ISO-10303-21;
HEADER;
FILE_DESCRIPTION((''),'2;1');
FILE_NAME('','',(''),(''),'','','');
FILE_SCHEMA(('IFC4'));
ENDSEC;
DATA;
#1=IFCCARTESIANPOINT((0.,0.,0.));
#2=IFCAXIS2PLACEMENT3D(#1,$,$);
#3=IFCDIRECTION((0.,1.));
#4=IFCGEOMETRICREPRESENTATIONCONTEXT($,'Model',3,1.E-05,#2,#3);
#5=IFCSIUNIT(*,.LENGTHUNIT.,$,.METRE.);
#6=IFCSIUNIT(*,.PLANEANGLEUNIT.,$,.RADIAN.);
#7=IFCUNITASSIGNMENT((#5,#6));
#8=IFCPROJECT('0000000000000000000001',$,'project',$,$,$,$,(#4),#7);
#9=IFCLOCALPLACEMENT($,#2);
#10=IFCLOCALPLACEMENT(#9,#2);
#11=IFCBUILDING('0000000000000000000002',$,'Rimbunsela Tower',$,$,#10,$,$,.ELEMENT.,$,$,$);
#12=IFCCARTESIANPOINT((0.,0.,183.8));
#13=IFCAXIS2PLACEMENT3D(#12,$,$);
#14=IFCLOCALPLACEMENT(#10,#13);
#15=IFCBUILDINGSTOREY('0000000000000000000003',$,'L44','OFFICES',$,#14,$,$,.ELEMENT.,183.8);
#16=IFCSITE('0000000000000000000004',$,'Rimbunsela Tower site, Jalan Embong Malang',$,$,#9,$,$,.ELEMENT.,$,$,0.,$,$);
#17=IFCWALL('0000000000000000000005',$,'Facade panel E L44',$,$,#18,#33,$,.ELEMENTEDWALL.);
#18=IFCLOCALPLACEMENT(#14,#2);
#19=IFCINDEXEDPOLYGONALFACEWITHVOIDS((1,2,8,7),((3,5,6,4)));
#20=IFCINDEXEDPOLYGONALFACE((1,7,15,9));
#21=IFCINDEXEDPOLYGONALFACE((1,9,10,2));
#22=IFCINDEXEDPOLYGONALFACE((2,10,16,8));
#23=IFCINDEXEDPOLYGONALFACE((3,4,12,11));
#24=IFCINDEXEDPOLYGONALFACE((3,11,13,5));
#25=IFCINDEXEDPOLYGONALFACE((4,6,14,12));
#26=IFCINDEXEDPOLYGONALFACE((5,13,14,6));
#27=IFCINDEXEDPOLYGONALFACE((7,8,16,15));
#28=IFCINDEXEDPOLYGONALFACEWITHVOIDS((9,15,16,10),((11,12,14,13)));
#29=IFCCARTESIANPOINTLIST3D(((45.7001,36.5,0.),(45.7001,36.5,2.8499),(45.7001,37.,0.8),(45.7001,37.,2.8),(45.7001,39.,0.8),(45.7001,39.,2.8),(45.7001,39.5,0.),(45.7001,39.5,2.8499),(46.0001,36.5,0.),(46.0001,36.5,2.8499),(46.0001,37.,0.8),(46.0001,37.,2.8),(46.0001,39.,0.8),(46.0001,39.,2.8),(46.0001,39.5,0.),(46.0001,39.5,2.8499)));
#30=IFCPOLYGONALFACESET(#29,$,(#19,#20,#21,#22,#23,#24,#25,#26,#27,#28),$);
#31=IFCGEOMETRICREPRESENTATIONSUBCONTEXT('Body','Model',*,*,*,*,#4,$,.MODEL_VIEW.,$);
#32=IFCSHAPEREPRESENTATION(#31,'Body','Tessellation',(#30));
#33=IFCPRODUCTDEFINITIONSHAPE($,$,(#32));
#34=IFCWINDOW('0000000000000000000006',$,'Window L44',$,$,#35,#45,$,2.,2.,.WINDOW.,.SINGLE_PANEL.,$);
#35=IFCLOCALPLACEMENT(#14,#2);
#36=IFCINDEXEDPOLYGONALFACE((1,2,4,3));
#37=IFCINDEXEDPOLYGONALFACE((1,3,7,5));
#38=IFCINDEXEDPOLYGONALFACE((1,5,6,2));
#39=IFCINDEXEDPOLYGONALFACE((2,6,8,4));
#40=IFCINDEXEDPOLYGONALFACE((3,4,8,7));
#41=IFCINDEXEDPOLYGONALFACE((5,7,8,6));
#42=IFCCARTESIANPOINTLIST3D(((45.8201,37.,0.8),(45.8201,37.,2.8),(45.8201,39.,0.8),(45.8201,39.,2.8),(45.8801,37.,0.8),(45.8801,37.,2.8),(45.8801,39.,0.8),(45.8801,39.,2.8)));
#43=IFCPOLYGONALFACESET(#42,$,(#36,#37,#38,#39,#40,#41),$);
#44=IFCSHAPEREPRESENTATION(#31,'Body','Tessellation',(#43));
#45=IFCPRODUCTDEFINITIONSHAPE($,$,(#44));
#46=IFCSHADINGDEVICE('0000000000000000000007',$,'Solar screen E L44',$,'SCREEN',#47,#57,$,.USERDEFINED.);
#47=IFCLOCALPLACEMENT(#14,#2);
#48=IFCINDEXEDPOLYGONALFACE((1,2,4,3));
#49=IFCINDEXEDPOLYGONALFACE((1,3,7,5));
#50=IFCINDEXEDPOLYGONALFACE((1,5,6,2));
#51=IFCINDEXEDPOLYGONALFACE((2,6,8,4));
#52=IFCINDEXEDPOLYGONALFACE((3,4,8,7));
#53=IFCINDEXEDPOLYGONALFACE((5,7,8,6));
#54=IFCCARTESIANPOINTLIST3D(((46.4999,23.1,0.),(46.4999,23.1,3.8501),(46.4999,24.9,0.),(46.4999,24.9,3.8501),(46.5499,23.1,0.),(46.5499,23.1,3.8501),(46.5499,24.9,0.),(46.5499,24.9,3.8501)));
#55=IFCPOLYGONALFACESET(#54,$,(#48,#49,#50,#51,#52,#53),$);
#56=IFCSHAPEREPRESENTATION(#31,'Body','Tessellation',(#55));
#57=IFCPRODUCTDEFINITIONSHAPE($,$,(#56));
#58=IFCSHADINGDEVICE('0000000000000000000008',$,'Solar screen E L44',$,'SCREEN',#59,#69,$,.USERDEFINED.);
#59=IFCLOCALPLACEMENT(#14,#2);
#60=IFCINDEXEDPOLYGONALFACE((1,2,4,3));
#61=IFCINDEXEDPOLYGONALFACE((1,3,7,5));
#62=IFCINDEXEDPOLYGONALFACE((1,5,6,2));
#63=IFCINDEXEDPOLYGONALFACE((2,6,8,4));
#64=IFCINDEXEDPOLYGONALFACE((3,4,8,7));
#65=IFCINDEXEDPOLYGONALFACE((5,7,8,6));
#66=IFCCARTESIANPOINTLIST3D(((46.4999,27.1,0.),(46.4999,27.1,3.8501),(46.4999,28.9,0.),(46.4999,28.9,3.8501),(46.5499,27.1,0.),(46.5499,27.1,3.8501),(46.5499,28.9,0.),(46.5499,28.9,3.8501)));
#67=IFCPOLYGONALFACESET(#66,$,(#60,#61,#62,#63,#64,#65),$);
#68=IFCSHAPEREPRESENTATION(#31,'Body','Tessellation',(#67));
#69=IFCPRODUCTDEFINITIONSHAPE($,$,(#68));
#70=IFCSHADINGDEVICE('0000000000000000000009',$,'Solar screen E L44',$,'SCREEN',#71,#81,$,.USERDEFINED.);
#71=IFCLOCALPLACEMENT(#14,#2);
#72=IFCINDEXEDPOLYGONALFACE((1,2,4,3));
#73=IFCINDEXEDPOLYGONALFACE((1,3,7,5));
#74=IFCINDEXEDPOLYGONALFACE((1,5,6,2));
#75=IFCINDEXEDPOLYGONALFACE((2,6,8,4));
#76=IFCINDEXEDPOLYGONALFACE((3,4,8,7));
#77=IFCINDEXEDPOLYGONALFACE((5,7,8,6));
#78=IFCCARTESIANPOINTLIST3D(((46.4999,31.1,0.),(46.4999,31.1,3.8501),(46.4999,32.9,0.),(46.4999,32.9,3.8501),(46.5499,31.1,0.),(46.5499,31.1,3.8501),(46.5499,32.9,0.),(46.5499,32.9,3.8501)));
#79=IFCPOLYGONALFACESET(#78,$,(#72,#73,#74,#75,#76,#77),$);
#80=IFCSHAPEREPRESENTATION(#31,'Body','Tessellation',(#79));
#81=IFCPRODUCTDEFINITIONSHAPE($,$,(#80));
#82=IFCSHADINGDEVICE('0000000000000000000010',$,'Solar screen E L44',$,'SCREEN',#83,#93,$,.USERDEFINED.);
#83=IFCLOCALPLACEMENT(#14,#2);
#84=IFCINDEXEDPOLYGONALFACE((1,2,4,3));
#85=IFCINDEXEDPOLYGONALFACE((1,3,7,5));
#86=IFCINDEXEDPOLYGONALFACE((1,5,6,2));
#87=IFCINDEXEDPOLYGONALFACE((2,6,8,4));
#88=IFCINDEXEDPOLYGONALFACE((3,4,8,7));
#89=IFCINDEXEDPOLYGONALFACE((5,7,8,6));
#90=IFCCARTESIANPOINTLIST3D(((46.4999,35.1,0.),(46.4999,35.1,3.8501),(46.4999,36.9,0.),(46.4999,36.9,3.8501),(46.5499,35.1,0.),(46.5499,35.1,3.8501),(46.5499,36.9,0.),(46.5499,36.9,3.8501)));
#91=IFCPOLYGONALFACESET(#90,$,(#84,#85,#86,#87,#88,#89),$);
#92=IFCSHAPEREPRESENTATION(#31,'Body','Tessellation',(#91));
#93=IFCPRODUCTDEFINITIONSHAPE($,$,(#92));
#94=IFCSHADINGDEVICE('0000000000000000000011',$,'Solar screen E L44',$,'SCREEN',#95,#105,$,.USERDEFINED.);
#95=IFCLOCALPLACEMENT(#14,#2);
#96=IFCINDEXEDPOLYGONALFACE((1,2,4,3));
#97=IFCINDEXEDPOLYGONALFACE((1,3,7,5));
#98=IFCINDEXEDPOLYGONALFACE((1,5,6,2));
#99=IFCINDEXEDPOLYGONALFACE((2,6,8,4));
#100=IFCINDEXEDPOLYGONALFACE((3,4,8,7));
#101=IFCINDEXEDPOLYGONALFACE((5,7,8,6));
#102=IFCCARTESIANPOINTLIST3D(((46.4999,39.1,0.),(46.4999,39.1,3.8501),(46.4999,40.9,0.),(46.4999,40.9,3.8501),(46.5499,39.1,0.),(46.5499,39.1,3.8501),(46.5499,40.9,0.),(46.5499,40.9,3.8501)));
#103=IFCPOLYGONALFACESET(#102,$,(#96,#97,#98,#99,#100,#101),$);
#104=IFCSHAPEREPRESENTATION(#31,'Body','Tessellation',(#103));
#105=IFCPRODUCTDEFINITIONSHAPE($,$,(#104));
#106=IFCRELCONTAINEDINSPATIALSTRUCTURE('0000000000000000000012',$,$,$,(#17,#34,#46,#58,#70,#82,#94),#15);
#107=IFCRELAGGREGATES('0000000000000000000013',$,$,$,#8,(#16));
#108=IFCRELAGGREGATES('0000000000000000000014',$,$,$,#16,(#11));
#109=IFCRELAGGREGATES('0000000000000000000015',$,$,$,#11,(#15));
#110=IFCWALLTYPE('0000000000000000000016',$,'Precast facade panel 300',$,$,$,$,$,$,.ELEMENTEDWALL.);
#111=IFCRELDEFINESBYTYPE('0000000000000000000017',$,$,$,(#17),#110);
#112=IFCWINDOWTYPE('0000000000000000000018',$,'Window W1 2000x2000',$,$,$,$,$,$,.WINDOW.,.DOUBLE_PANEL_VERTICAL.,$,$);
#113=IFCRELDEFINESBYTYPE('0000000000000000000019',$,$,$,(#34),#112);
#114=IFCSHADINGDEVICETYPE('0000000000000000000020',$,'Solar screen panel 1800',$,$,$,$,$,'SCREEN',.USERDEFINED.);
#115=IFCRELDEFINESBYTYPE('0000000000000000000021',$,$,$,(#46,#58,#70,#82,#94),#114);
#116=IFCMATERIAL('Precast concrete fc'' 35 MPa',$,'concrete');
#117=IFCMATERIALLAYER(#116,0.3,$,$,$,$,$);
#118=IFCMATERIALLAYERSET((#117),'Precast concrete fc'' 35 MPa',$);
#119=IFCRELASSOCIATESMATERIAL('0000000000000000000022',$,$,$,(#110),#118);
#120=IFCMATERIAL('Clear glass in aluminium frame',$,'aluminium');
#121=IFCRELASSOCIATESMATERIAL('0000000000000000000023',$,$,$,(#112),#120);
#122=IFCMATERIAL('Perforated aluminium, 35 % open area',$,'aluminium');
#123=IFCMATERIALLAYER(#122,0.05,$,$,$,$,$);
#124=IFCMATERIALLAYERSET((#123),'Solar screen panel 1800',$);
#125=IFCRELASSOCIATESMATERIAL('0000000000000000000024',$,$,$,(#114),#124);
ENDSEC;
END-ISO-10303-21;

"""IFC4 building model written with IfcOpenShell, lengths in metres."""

from ifc_helpers import new_model, si_unit, direction, frame, frame_2d, origin, origin_2d, place, context, subcontext, project, spatial, rectangle, extrude, material, layer, layer_set, type_object, element, fill, save


model = new_model("IFC4")

# Units and contexts
model_context = context("Model", 3, precision=1e-05, world=origin(), true_north=direction((0.0, 1.0)))
body_context = subcontext(model_context, "Body", "Model", "MODEL_VIEW")
ifc_project = project(units=[si_unit("LENGTHUNIT", "METRE"), si_unit("PLANEANGLEUNIT", "RADIAN")], contexts=[model_context])

# Site, building, storey
site_placement = place(None, origin())
site = spatial("IfcSite", under=ifc_project, at=site_placement, Name="Rimbunsela Tower site, Jalan Embong Malang", CompositionType="ELEMENT", RefElevation=0.0)
building_placement = place(site_placement, origin())
building = spatial("IfcBuilding", under=site, at=building_placement, Name="Rimbunsela Tower", CompositionType="ELEMENT")
storey_placement = place(building_placement, frame((0.0, 0.0, 183.8)))
storey = spatial("IfcBuildingStorey", under=building, at=storey_placement, Name="L44", Description="OFFICES", CompositionType="ELEMENT", Elevation=183.8)

# Wall, opening, window
ifc_material_1 = material(Name="Precast concrete fc' 35 MPa", Category="concrete")
ifc_layer_1 = layer(ifc_material_1, 0.3)
ifc_layer_set_1 = layer_set([ifc_layer_1], Name="Precast concrete fc' 35 MPa")
wall_type_1 = type_object("IfcWallType", Name="Precast facade panel 300", PredefinedType="ELEMENTEDWALL", material=ifc_layer_set_1)
ifc_material_2 = material(Name="Clear glass in aluminium frame", Category="aluminium")
window_type = type_object("IfcWindowType", Name="Window W1 2000x2000", PartitioningType="DOUBLE_PANEL_VERTICAL", PredefinedType="WINDOW", material=ifc_material_2)
wall_1_placement = place(storey_placement, frame((45.8501, 36.5, 0.0), z_axis=(0.0, 0.0, 1.0), x_axis=(0.0, 1.0, 0.0)))
wall_1 = element("IfcWall", 1, at=wall_1_placement, inside=storey, type_object=wall_type_1, Name="Facade panel E L44", PredefinedType="ELEMENTEDWALL", context=body_context, shape_type="SweptSolid", body=[
    extrude(rectangle(XDim=3.0, YDim=0.3, at=frame_2d((1.5, 0.0))), origin(), (0.0, 0.0, 1.0), 2.8499),
])
opening_1_placement = place(wall_1_placement, frame((0.5, 0.0, 0.8)))
opening_1 = element("IfcOpeningElement", 2, at=opening_1_placement, cuts=wall_1, PredefinedType="OPENING", context=body_context, shape_type="SweptSolid", body=[
    extrude(rectangle(XDim=2.0, YDim=2.0, at=frame_2d((1.0, 1.0))), frame((0.0, 0.1599, 0.0), z_axis=(0.0, -1.0, 0.0), x_axis=(1.0, 0.0, 0.0)), (0.0, 0.0, 1.0), 0.3201),
])
window_1_placement = place(opening_1_placement, origin())
window_1 = element("IfcWindow", 3, at=window_1_placement, inside=storey, type_object=window_type, Name="Window L44", OverallHeight=2.0, OverallWidth=2.0, PartitioningType="SINGLE_PANEL", PredefinedType="WINDOW", context=body_context, shape_type="SweptSolid", body=[
    extrude(rectangle(XDim=2.0, YDim=2.0, at=frame_2d((1.0, 1.0))), frame((0.0, 0.03, 0.0), z_axis=(0.0, -1.0, 0.0), x_axis=(1.0, 0.0, 0.0)), (0.0, 0.0, 1.0), 0.0601),
])
fill(opening_1, window_1)

# Shading devices
ifc_material_3 = material(Name="Perforated aluminium, 35 % open area", Category="aluminium")
ifc_layer_2 = layer(ifc_material_3, 0.05)
ifc_layer_set_2 = layer_set([ifc_layer_2], Name="Solar screen panel 1800")
shading_device_type = type_object("IfcShadingDeviceType", Name="Solar screen panel 1800", ElementType="SCREEN", PredefinedType="USERDEFINED", material=ifc_layer_set_2)
for number, where, z_axis, x_axis, name in (
    (4, (46.5249, 24.0, 0.0), (0.0, 0.0, 1.0), (0.0, 1.0, 0.0), "Solar screen E L44"),
    (5, (46.5249, 28.0, 0.0), (0.0, 0.0, 1.0), (0.0, 1.0, 0.0), "Solar screen E L44"),
    (6, (46.5249, 32.0, 0.0), (0.0, 0.0, 1.0), (0.0, 1.0, 0.0), "Solar screen E L44"),
    (7, (46.5249, 36.0, 0.0), (0.0, 0.0, 1.0), (0.0, 1.0, 0.0), "Solar screen E L44"),
    (8, (46.5249, 40.0, 0.0), (0.0, 0.0, 1.0), (0.0, 1.0, 0.0), "Solar screen E L44"),
):
    element("IfcShadingDevice", number, at=place(storey_placement, frame(where, z_axis=z_axis, x_axis=x_axis)), inside=storey, type_object=shading_device_type, Name=name, ObjectType="SCREEN", PredefinedType="USERDEFINED", context=body_context, shape_type="SweptSolid", body=[
        extrude(rectangle(XDim=1.8, YDim=0.05, at=origin_2d()), origin(), (0.0, 0.0, 1.0), 3.8501),
    ])

save(model, "model.ifc")
